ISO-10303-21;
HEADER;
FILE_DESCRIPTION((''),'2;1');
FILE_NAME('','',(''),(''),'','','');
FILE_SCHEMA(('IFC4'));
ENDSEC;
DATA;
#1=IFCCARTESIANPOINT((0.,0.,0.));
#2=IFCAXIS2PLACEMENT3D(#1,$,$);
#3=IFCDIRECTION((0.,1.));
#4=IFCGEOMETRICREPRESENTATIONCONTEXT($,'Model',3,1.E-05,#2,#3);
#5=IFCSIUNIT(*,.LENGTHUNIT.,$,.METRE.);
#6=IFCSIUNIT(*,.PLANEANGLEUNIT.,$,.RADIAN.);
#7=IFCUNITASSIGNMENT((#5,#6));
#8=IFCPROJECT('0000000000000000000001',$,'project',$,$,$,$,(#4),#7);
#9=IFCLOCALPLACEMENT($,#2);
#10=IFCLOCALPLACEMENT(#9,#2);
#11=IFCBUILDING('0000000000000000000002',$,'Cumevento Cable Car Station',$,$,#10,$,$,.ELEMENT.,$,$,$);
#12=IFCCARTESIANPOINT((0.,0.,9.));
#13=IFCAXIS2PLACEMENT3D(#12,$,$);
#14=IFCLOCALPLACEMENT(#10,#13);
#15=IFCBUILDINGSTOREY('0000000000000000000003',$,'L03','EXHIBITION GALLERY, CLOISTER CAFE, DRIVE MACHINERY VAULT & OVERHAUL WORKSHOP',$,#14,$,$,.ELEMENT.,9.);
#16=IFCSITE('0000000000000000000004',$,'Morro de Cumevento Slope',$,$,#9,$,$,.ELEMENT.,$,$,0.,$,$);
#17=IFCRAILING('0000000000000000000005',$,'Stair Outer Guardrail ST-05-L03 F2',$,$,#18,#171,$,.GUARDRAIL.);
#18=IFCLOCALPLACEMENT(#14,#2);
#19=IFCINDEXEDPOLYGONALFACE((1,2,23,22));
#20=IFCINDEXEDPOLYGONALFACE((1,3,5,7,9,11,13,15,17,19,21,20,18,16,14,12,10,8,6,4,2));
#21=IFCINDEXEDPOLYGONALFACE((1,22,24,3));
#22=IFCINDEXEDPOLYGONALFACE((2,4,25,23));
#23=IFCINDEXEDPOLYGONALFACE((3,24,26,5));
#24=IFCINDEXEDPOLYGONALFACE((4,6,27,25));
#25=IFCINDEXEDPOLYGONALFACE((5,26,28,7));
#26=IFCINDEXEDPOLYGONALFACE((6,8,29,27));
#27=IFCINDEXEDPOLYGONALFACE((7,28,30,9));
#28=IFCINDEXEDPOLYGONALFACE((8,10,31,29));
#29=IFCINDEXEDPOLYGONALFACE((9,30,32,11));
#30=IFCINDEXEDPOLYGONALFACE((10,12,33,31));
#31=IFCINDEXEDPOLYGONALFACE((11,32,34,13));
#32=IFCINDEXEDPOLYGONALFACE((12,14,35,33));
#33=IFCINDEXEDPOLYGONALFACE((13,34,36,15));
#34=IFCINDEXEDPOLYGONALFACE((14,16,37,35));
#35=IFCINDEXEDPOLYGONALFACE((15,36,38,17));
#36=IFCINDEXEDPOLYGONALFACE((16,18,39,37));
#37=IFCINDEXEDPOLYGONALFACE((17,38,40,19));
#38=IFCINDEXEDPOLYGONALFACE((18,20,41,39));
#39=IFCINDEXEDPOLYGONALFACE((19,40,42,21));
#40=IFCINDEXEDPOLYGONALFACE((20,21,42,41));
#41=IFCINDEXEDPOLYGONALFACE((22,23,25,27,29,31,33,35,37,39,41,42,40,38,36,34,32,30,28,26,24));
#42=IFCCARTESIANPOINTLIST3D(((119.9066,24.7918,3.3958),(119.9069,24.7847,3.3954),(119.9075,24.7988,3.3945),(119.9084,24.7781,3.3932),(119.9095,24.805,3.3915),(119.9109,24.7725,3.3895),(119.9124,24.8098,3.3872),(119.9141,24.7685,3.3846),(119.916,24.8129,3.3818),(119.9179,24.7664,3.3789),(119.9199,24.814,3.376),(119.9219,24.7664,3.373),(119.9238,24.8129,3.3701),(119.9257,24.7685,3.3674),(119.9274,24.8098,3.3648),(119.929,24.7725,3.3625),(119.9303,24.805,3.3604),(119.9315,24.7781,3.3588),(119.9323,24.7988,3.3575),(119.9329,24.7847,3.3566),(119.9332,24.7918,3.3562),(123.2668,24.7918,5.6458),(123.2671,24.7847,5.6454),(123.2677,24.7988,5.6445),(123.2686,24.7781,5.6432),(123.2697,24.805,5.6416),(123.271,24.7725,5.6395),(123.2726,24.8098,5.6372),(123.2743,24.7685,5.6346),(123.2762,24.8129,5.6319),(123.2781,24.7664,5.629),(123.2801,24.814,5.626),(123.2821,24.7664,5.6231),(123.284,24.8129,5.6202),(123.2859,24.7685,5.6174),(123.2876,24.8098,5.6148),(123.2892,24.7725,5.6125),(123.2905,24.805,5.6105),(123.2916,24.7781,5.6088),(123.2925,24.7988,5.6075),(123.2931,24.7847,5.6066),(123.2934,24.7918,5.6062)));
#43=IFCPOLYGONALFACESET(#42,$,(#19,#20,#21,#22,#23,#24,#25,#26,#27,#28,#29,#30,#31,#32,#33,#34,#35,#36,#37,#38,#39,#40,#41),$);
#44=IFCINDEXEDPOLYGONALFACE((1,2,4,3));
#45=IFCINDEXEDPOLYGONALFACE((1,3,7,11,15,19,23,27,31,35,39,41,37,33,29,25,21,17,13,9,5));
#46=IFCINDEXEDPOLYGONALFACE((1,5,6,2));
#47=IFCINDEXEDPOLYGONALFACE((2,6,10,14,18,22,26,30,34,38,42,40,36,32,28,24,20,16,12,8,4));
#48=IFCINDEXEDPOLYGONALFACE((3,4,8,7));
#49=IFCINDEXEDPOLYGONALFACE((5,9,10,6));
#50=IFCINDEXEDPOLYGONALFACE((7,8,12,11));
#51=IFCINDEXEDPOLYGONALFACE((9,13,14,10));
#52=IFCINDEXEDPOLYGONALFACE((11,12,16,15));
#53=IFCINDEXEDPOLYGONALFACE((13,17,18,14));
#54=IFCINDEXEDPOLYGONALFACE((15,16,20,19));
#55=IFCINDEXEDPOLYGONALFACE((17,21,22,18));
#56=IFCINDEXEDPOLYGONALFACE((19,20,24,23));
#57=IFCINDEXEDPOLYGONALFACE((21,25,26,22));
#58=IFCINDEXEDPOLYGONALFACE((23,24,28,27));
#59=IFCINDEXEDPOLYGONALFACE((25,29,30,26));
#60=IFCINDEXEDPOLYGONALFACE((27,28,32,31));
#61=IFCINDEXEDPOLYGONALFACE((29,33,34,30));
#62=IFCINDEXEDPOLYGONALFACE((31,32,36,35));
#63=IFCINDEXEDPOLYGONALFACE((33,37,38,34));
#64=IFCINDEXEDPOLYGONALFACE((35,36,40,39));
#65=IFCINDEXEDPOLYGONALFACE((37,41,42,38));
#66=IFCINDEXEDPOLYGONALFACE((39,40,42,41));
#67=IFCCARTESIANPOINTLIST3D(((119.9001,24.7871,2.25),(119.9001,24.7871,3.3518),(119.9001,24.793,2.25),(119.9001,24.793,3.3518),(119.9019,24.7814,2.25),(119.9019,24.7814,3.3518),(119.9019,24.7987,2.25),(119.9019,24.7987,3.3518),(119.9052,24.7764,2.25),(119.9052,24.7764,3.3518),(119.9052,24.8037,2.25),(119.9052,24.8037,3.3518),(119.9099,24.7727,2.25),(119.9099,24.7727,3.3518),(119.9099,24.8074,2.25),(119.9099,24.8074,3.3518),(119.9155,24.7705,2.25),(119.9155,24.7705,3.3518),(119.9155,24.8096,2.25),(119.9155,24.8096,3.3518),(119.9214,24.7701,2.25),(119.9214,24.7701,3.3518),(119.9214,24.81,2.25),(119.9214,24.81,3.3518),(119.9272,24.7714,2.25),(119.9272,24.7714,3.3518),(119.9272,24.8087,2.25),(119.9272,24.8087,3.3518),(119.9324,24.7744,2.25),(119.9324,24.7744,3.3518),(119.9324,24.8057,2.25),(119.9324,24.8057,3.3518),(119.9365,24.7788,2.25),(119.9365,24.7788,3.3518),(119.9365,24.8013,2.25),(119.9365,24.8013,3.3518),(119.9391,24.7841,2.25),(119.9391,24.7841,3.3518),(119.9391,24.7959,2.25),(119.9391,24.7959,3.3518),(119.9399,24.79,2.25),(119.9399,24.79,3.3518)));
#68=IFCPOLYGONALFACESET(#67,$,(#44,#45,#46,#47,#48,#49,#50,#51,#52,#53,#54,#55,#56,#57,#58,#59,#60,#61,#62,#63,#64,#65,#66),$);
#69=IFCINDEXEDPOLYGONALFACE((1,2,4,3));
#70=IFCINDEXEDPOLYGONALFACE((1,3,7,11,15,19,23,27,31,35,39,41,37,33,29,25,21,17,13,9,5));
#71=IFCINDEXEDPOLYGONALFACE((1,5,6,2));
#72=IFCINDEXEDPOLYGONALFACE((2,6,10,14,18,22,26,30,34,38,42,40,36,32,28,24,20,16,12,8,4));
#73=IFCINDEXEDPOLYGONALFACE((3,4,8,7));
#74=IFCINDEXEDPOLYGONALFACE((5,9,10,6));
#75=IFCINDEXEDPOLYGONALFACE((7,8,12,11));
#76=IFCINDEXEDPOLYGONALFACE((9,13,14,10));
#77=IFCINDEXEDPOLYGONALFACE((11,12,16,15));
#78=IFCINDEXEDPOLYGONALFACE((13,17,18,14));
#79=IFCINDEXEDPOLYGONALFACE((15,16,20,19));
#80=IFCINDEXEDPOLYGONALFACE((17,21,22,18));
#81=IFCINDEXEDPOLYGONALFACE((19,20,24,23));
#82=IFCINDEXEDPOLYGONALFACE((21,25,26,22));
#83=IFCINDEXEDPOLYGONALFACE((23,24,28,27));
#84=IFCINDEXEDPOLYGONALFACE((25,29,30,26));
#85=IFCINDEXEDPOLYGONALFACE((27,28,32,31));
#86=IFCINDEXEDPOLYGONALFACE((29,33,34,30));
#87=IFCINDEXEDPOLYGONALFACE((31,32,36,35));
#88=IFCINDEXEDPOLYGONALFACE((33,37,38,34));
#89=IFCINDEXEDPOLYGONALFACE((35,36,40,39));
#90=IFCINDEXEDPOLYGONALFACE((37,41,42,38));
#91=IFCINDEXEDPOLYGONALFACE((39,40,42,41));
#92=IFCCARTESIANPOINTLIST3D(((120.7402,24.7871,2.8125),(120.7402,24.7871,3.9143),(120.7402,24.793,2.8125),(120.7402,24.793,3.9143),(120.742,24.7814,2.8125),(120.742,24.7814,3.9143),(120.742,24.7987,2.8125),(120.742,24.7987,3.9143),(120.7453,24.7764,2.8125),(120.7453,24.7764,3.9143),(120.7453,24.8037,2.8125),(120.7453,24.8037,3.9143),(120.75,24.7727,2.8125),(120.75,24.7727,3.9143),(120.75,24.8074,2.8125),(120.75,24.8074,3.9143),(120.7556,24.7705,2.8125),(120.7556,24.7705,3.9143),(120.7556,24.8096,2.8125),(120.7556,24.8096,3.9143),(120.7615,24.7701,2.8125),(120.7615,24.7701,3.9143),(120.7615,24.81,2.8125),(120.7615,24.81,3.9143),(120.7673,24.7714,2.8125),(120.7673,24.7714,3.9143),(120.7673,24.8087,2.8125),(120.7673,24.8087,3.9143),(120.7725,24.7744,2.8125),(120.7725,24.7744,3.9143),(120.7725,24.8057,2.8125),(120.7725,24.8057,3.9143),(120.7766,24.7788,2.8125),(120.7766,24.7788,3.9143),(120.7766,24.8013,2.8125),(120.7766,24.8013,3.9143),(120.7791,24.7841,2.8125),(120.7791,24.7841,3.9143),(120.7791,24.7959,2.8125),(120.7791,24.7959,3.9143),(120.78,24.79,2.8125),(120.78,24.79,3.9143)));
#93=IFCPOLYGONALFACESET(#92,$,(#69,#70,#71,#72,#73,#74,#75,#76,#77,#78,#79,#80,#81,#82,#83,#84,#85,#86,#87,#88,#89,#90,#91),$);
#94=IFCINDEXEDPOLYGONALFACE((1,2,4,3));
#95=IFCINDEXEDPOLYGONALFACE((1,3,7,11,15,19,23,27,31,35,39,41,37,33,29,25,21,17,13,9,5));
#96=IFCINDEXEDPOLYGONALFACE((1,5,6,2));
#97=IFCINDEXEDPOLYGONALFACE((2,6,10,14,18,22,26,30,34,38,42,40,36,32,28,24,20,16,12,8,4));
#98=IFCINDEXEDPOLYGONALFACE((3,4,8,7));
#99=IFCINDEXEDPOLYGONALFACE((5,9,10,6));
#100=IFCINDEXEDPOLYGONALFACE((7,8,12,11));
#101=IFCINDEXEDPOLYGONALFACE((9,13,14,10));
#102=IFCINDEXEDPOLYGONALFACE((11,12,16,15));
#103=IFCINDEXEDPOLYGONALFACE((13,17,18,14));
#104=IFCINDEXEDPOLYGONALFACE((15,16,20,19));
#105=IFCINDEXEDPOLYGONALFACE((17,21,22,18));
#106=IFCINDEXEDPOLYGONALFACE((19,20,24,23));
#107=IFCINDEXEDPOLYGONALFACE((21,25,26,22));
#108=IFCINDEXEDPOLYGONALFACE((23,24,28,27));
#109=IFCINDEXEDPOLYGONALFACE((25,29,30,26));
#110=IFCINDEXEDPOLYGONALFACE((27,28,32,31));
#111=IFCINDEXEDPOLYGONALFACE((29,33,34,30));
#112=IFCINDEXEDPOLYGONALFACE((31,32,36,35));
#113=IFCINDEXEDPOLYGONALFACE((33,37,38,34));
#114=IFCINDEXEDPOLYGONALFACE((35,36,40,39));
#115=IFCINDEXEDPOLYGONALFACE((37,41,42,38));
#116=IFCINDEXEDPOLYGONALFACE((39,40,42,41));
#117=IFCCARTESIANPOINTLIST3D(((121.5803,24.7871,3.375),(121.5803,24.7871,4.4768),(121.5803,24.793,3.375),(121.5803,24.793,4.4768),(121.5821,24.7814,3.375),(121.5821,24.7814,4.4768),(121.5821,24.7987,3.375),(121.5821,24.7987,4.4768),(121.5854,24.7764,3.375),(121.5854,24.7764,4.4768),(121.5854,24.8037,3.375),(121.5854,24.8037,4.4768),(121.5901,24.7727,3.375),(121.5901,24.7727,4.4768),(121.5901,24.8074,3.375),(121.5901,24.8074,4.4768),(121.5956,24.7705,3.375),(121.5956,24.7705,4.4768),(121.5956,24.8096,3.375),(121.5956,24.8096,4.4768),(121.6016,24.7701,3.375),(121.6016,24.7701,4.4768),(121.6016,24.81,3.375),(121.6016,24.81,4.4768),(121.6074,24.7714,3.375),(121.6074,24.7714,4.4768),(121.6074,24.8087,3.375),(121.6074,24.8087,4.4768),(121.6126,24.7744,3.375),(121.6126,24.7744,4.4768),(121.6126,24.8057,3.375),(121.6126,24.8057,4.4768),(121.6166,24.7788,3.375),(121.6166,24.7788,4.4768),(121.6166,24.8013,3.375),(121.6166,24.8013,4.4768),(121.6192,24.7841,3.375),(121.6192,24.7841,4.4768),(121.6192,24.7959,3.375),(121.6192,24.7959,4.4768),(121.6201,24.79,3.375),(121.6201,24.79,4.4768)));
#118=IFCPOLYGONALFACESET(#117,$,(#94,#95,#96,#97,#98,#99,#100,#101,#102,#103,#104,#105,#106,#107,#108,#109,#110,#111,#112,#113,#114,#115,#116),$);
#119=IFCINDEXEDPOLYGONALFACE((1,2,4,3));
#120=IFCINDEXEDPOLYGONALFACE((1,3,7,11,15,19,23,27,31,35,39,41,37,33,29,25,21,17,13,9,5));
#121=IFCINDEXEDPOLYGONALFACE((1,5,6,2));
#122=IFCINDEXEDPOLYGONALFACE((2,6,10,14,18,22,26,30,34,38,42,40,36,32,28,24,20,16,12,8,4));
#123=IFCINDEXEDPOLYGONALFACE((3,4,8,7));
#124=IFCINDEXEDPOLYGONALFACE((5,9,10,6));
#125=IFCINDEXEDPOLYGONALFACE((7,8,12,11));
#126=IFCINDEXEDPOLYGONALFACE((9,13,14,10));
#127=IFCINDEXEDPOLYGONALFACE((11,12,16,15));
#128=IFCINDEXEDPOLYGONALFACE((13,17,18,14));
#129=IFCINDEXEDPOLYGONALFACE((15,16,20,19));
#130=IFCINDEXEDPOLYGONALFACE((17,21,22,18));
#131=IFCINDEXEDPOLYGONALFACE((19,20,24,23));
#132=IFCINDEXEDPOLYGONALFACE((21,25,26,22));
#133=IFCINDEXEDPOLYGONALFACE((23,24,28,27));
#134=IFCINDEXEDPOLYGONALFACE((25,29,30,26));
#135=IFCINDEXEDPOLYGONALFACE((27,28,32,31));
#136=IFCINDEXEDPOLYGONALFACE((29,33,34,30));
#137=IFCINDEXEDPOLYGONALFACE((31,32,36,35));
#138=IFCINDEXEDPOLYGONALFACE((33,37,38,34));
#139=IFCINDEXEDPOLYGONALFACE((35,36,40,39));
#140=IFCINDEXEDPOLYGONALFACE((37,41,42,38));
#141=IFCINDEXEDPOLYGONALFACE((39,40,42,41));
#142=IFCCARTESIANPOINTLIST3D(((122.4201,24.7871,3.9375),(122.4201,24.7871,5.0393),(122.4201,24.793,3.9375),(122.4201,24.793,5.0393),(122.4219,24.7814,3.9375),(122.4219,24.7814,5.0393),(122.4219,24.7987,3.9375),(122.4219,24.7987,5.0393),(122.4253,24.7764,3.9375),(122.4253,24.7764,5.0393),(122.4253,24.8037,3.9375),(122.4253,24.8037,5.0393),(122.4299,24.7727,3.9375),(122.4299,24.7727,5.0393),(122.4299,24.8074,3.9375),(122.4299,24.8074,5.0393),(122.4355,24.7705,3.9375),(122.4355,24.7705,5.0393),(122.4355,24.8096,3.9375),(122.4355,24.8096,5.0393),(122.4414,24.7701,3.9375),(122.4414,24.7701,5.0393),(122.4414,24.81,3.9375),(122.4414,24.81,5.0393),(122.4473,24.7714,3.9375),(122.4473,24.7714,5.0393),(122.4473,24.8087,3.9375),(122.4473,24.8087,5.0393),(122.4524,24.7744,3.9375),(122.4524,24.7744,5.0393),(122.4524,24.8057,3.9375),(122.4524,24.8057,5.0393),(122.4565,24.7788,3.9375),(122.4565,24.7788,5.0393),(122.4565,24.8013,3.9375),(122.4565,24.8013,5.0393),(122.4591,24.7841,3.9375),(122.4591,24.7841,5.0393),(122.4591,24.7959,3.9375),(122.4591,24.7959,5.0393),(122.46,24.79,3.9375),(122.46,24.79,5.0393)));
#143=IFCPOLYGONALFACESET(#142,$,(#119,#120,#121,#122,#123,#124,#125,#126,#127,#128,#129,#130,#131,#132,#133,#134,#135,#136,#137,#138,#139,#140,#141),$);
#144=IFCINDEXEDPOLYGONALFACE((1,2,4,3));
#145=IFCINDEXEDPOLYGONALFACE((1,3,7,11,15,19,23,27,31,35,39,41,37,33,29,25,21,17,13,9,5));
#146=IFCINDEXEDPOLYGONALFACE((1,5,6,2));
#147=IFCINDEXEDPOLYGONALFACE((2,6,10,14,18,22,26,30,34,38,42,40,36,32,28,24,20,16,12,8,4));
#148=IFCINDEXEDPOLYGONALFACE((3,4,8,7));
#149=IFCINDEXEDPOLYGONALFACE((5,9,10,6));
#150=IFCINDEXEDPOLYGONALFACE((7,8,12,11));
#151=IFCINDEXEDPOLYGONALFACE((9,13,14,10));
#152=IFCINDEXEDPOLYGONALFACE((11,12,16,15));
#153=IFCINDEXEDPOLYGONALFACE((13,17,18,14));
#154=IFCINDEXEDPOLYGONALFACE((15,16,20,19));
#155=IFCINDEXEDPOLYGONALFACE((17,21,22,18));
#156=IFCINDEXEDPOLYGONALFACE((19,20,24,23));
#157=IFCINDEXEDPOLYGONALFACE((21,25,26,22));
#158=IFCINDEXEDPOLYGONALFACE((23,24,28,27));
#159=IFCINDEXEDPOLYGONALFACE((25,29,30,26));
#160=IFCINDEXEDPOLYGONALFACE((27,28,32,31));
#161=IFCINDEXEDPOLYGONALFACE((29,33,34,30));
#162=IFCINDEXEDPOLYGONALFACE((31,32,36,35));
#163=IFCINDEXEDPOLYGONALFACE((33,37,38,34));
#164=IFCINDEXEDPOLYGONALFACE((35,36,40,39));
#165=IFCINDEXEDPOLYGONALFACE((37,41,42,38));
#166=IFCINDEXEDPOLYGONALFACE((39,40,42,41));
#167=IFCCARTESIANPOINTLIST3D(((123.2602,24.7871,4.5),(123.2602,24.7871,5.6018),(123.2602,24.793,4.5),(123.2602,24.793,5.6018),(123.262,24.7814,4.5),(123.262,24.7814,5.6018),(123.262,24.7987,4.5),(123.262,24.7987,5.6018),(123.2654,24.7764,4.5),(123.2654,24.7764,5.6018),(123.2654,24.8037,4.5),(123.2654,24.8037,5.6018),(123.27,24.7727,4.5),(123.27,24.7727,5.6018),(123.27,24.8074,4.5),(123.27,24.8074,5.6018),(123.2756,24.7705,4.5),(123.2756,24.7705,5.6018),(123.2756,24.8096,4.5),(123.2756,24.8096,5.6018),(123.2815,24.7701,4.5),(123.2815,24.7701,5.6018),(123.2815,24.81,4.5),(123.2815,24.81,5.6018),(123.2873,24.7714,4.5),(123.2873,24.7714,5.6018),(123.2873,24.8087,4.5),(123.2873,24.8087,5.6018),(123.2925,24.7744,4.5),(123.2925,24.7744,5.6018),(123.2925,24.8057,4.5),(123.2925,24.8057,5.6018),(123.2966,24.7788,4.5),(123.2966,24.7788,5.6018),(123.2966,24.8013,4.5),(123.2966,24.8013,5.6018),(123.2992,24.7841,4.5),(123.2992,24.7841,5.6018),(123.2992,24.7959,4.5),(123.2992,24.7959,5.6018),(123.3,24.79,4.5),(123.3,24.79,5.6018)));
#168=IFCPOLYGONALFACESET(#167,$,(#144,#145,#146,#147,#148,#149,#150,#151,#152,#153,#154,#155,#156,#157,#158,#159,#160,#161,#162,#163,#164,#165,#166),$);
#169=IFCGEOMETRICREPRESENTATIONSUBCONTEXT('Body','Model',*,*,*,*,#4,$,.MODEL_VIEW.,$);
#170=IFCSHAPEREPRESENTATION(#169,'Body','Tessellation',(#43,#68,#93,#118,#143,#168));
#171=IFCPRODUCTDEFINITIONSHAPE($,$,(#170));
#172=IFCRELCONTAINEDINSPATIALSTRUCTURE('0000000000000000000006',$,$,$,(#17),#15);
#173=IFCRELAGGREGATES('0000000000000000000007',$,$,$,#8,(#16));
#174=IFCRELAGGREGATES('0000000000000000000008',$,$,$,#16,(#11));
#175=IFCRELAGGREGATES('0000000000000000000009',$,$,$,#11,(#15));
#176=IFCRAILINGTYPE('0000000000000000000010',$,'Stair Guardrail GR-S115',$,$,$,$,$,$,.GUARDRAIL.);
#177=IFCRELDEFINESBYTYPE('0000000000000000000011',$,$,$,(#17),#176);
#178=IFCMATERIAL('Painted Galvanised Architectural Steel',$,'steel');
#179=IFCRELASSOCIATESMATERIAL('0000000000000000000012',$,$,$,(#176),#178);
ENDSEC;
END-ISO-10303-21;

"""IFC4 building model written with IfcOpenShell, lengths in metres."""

from ifc_helpers import new_model, si_unit, direction, frame, origin, origin_2d, place, context, subcontext, project, spatial, circle, extrude, material, type_object, element, save


model = new_model("IFC4")

# Units and contexts
model_context = context("Model", 3, precision=1e-05, world=origin(), true_north=direction((0.0, 1.0)))
body_context = subcontext(model_context, "Body", "Model", "MODEL_VIEW")
ifc_project = project(units=[si_unit("LENGTHUNIT", "METRE"), si_unit("PLANEANGLEUNIT", "RADIAN")], contexts=[model_context])

# Site, building, storey
site_placement = place(None, origin())
site = spatial("IfcSite", under=ifc_project, at=site_placement, Name="Morro de Cumevento Slope", CompositionType="ELEMENT", RefElevation=0.0)
building_placement = place(site_placement, origin())
building = spatial("IfcBuilding", under=site, at=building_placement, Name="Cumevento Cable Car Station", CompositionType="ELEMENT")
storey_placement = place(building_placement, frame((0.0, 0.0, 9.0)))
storey = spatial("IfcBuildingStorey", under=building, at=storey_placement, Name="L03", Description="EXHIBITION GALLERY, CLOISTER CAFE, DRIVE MACHINERY VAULT & OVERHAUL WORKSHOP", CompositionType="ELEMENT", Elevation=9.0)

# Railing
ifc_material_1 = material(Name="Painted Galvanised Architectural Steel", Category="steel")
railing_type_1 = type_object("IfcRailingType", Name="Stair Guardrail GR-S115", PredefinedType="GUARDRAIL", material=ifc_material_1)
railing_1_placement = place(storey_placement, frame((119.9199, 24.79, 2.25)))
element("IfcRailing", 1, at=railing_1_placement, inside=storey, type_object=railing_type_1, Name="Stair Outer Guardrail ST-05-L03 F2", PredefinedType="GUARDRAIL", context=body_context, shape_type="SweptSolid", body=[
    extrude(circle(Radius=0.0239, at=origin_2d()), frame((0.0, 0.0, 1.126), z_axis=(0.830915, 0.0, 0.556399), x_axis=(0.0, 1.0, 0.0)), (0.0, 0.0, 1.0), 4.0439),
    extrude(circle(Radius=0.02, at=origin_2d()), origin(), (0.0, 0.0, 1.0), 1.1018),
    extrude(circle(Radius=0.02, at=origin_2d()), frame((0.8401, 0.0, 0.5625)), (0.0, 0.0, 1.0), 1.1018),
    extrude(circle(Radius=0.02, at=origin_2d()), frame((1.6802, 0.0, 1.125)), (0.0, 0.0, 1.0), 1.1018),
    extrude(circle(Radius=0.02, at=origin_2d()), frame((2.52, 0.0, 1.6875)), (0.0, 0.0, 1.0), 1.1018),
    extrude(circle(Radius=0.02, at=origin_2d()), frame((3.3601, 0.0, 2.25)), (0.0, 0.0, 1.0), 1.1018),
])

save(model, "model.ifc")
